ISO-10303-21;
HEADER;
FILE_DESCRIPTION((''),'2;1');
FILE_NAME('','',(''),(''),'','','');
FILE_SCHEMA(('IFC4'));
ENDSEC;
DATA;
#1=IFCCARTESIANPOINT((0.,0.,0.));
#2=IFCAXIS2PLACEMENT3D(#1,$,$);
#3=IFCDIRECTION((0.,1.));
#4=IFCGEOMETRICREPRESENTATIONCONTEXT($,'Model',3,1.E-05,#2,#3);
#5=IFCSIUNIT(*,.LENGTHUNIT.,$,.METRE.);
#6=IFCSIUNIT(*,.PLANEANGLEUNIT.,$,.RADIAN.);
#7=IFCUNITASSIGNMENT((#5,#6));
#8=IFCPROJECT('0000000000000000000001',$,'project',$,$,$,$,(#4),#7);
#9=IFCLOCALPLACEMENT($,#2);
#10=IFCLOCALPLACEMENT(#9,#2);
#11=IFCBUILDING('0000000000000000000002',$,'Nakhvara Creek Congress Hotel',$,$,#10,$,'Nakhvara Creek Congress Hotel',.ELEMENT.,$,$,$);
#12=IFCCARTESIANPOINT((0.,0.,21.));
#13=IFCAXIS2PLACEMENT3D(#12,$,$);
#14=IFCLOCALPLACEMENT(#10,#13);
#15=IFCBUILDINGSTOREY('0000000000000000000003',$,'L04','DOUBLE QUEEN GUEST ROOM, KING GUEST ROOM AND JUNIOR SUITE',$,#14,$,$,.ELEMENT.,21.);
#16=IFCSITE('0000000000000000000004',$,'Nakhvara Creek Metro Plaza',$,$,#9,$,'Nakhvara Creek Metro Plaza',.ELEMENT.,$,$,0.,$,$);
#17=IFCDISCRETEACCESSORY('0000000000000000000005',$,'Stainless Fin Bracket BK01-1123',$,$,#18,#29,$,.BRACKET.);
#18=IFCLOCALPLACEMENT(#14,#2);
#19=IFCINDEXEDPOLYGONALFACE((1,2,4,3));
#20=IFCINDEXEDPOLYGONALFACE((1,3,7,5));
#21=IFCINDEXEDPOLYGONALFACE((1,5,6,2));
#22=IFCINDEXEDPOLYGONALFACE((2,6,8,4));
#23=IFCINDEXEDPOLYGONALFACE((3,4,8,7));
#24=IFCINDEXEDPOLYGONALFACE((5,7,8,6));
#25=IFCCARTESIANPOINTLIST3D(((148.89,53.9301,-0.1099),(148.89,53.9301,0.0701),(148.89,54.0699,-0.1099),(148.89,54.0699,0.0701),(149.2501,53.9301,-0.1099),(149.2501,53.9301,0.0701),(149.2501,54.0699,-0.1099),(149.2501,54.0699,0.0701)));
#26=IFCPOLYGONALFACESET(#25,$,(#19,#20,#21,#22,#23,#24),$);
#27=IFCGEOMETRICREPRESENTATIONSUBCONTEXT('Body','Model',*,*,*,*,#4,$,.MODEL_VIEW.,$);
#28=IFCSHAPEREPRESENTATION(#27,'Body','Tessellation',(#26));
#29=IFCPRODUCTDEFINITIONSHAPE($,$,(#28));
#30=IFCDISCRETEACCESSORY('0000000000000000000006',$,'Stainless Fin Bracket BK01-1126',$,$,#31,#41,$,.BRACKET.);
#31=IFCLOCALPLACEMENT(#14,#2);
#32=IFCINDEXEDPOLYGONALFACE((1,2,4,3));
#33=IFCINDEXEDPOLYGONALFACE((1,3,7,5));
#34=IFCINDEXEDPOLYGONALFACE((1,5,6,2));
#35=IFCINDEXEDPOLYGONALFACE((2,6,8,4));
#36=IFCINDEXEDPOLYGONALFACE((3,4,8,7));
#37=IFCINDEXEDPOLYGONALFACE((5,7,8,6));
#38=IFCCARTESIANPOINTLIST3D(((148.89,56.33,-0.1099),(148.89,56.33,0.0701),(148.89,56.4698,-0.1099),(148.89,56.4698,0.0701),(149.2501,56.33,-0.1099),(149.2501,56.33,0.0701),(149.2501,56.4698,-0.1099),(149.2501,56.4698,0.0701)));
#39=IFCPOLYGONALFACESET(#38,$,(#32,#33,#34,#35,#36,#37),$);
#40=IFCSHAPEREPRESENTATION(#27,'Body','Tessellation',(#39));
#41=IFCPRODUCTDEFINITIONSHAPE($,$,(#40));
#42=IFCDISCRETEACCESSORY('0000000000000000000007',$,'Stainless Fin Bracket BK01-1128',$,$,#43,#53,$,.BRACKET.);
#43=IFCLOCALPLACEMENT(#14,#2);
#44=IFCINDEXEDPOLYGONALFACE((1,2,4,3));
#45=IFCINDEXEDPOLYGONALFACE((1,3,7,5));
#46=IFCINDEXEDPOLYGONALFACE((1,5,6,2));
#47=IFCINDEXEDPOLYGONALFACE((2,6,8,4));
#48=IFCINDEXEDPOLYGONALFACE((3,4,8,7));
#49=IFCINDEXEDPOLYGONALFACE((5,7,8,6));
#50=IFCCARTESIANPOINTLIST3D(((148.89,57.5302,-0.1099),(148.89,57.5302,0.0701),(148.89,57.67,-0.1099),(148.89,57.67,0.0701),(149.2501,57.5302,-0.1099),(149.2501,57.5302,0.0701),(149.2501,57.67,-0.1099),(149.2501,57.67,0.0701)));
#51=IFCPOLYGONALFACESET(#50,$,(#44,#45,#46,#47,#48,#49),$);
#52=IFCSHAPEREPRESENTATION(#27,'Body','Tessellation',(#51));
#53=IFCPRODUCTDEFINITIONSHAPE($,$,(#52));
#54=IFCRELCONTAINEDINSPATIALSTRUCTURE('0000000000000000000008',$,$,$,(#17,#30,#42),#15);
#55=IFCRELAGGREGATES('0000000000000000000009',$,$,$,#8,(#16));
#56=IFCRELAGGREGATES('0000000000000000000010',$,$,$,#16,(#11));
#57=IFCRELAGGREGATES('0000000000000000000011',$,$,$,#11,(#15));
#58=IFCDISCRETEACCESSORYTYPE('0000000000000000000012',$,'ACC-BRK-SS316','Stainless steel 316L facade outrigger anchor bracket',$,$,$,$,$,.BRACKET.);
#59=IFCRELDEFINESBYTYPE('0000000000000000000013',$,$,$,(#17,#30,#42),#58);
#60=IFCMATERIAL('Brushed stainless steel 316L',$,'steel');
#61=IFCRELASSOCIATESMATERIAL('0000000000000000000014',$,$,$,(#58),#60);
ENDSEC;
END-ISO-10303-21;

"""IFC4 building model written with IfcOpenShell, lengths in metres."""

from ifc_helpers import new_model, si_unit, direction, frame, origin, origin_2d, place, context, subcontext, project, spatial, rectangle, extrude, material, type_object, element, save


model = new_model("IFC4")

# Units and contexts
model_context = context("Model", 3, precision=1e-05, world=origin(), true_north=direction((0.0, 1.0)))
body_context = subcontext(model_context, "Body", "Model", "MODEL_VIEW")
ifc_project = project(units=[si_unit("LENGTHUNIT", "METRE"), si_unit("PLANEANGLEUNIT", "RADIAN")], contexts=[model_context])

# Site, building, storey
site_placement = place(None, origin())
site = spatial("IfcSite", under=ifc_project, at=site_placement, Name="Nakhvara Creek Metro Plaza", LongName="Nakhvara Creek Metro Plaza", CompositionType="ELEMENT", RefElevation=0.0)
building_placement = place(site_placement, origin())
building = spatial("IfcBuilding", under=site, at=building_placement, Name="Nakhvara Creek Congress Hotel", LongName="Nakhvara Creek Congress Hotel", CompositionType="ELEMENT")
storey_placement = place(building_placement, frame((0.0, 0.0, 21.0)))
storey = spatial("IfcBuildingStorey", under=building, at=storey_placement, Name="L04", Description="DOUBLE QUEEN GUEST ROOM, KING GUEST ROOM AND JUNIOR SUITE", CompositionType="ELEMENT", Elevation=21.0)

# Discrete accessories
ifc_material_1 = material(Name="Brushed stainless steel 316L", Category="steel")
discrete_accessory_type = type_object("IfcDiscreteAccessoryType", Name="ACC-BRK-SS316", Description="Stainless steel 316L facade outrigger anchor bracket", PredefinedType="BRACKET", material=ifc_material_1)
for number, where, z_axis, x_axis, name in (
    (1, (149.0701, 54.0, -0.1099), (0.0, 0.0, 1.0), (0.0, 1.0, 0.0), "Stainless Fin Bracket BK01-1123"),
    (2, (149.0701, 56.3999, -0.1099), (0.0, 0.0, 1.0), (0.0, 1.0, 0.0), "Stainless Fin Bracket BK01-1126"),
    (3, (149.0701, 57.6001, -0.1099), (0.0, 0.0, 1.0), (0.0, 1.0, 0.0), "Stainless Fin Bracket BK01-1128"),
):
    element("IfcDiscreteAccessory", number, at=place(storey_placement, frame(where, z_axis=z_axis, x_axis=x_axis)), inside=storey, type_object=discrete_accessory_type, Name=name, PredefinedType="BRACKET", context=body_context, shape_type="SweptSolid", body=[
        extrude(rectangle(XDim=0.1399, YDim=0.3601, at=origin_2d()), origin(), (0.0, 0.0, 1.0), 0.1799),
    ])

save(model, "model.ifc")
